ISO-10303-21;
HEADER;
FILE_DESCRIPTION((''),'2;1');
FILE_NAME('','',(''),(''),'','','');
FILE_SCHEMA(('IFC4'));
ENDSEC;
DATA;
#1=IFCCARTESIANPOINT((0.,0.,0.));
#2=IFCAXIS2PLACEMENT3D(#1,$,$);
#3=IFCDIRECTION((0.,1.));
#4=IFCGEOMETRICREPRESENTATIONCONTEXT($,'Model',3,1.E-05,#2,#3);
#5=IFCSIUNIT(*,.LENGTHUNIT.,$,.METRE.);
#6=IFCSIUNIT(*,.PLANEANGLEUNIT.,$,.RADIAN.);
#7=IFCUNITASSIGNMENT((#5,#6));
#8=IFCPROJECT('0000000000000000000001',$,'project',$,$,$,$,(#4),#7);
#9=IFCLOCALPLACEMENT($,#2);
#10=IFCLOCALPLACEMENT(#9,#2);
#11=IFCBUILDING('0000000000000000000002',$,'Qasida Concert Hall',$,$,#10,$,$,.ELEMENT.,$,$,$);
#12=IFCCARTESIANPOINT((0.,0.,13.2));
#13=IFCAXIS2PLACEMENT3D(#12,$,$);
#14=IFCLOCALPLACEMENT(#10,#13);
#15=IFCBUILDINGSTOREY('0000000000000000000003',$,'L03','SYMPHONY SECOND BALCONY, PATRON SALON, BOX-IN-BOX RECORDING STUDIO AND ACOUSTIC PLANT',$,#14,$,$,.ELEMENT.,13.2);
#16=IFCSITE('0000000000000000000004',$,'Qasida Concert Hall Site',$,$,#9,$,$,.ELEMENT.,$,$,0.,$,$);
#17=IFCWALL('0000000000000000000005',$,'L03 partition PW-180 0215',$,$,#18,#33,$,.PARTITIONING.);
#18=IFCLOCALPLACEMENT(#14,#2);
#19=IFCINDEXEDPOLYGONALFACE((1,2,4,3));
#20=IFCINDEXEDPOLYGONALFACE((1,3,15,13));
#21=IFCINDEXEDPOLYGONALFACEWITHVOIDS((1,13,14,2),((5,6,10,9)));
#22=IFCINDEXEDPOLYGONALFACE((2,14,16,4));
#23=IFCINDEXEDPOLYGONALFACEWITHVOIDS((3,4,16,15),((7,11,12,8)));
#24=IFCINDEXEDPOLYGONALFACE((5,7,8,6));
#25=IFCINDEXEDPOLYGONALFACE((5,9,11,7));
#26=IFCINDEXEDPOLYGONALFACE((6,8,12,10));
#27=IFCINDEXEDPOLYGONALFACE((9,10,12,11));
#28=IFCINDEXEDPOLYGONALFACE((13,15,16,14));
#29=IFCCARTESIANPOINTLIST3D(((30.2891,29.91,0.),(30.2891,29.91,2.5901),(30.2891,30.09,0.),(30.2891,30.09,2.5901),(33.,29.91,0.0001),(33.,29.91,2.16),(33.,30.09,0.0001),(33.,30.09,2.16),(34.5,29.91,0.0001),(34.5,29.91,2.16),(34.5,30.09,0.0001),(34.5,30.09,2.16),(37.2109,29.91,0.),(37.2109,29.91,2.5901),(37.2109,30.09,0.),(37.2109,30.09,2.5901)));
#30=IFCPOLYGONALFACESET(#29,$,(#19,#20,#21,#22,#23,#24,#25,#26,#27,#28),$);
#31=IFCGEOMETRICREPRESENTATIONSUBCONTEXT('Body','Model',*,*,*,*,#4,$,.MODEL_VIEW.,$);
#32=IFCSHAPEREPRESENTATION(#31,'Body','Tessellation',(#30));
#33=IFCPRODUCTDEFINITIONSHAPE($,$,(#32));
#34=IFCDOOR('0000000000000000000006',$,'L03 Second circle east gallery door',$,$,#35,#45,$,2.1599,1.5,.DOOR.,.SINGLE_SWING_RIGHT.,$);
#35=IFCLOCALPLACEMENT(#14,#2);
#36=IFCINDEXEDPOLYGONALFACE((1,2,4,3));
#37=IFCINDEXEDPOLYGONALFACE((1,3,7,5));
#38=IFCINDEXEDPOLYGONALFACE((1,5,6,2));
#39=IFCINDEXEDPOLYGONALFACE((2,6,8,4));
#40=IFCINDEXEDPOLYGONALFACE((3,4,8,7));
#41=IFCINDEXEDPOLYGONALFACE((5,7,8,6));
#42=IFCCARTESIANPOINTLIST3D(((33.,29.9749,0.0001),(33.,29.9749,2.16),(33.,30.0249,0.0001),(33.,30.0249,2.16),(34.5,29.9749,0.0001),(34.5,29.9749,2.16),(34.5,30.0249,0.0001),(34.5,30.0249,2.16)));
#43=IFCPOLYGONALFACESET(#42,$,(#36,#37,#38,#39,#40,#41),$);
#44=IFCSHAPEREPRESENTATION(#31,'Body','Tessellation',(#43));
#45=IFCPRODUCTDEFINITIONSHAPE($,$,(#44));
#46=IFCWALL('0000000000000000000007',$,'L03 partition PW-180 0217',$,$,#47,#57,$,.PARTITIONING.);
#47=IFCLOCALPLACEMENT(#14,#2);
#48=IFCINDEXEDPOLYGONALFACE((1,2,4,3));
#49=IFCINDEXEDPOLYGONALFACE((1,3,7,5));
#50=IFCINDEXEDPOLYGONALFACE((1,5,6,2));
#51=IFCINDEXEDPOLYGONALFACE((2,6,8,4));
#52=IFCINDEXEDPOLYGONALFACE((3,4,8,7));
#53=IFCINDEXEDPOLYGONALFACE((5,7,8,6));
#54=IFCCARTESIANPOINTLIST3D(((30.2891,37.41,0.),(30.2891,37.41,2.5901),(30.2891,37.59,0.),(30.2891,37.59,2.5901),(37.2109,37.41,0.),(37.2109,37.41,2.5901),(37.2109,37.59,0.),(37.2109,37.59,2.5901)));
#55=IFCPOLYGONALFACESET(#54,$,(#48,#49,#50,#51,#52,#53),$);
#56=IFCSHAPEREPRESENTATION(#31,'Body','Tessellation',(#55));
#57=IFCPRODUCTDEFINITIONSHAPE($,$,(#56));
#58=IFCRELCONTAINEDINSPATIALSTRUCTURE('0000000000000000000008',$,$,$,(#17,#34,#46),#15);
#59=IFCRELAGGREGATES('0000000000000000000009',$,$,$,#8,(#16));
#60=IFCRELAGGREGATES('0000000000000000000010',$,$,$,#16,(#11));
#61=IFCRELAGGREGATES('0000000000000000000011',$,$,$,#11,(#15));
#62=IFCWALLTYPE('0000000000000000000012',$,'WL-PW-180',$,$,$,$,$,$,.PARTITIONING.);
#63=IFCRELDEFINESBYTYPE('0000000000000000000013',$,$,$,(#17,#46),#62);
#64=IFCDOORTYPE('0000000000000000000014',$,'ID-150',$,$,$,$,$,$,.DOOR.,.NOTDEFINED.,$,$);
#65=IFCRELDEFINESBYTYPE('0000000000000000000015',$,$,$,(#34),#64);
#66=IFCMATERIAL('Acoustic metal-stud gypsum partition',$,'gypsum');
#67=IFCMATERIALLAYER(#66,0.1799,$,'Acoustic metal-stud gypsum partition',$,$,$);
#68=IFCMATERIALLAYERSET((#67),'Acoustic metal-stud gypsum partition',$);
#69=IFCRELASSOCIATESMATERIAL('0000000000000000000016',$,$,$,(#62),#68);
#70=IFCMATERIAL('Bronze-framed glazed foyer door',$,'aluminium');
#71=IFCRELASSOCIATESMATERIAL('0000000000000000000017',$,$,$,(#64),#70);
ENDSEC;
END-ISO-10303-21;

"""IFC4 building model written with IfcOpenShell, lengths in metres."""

from ifc_helpers import new_model, si_unit, direction, frame, frame_2d, origin, place, context, subcontext, project, spatial, rectangle, extrude, material, layer, layer_set, type_object, element, fill, save


model = new_model("IFC4")

# Units and contexts
model_context = context("Model", 3, precision=1e-05, world=origin(), true_north=direction((0.0, 1.0)))
body_context = subcontext(model_context, "Body", "Model", "MODEL_VIEW")
ifc_project = project(units=[si_unit("LENGTHUNIT", "METRE"), si_unit("PLANEANGLEUNIT", "RADIAN")], contexts=[model_context])

# Site, building, storey
site_placement = place(None, origin())
site = spatial("IfcSite", under=ifc_project, at=site_placement, Name="Qasida Concert Hall Site", CompositionType="ELEMENT", RefElevation=0.0)
building_placement = place(site_placement, origin())
building = spatial("IfcBuilding", under=site, at=building_placement, Name="Qasida Concert Hall", CompositionType="ELEMENT")
storey_placement = place(building_placement, frame((0.0, 0.0, 13.2)))
storey = spatial("IfcBuildingStorey", under=building, at=storey_placement, Name="L03", Description="SYMPHONY SECOND BALCONY, PATRON SALON, BOX-IN-BOX RECORDING STUDIO AND ACOUSTIC PLANT", CompositionType="ELEMENT", Elevation=13.2)

# Wall, opening, door
ifc_material_1 = material(Name="Acoustic metal-stud gypsum partition", Category="gypsum")
ifc_layer_1 = layer(ifc_material_1, 0.1799, Name="Acoustic metal-stud gypsum partition")
ifc_layer_set_1 = layer_set([ifc_layer_1], Name="Acoustic metal-stud gypsum partition")
wall_type = type_object("IfcWallType", Name="WL-PW-180", PredefinedType="PARTITIONING", material=ifc_layer_set_1)
wall_1_placement = place(storey_placement, frame((30.2891, 30.0, 0.0), z_axis=(0.0, 0.0, 1.0), x_axis=(1.0, 0.0, 0.0)))
wall_1 = element("IfcWall", 1, at=wall_1_placement, inside=storey, type_object=wall_type, Name="L03 partition PW-180 0215", PredefinedType="PARTITIONING", context=body_context, shape_type="SweptSolid", body=[
    extrude(rectangle(XDim=6.9219, YDim=0.1799, at=frame_2d((3.4609, 0.0))), origin(), (0.0, 0.0, 1.0), 2.5901),
])
opening_placement = place(wall_1_placement, frame((2.7109, 0.0, 0.0)))
opening = element("IfcOpeningElement", 2, at=opening_placement, cuts=wall_1, PredefinedType="OPENING", context=body_context, shape_type="SweptSolid", body=[
    extrude(rectangle(XDim=1.5, YDim=2.1599, at=frame_2d((0.75, 1.0801))), frame((0.0, 0.0999, 0.0), z_axis=(0.0, -1.0, 0.0), x_axis=(1.0, 0.0, 0.0)), (0.0, 0.0, 1.0), 0.2),
])
ifc_material_2 = material(Name="Bronze-framed glazed foyer door", Category="aluminium")
door_type = type_object("IfcDoorType", Name="ID-150", OperationType="NOTDEFINED", PredefinedType="DOOR", material=ifc_material_2)
door_placement = place(opening_placement, origin())
door = element("IfcDoor", 3, at=door_placement, inside=storey, type_object=door_type, Name="L03 Second circle east gallery door", OperationType="SINGLE_SWING_RIGHT", OverallHeight=2.1599, OverallWidth=1.5, PredefinedType="DOOR", context=body_context, shape_type="SweptSolid", body=[
    extrude(rectangle(XDim=1.5, YDim=2.1599, at=frame_2d((0.75, 1.0801))), frame((0.0, 0.0249, 0.0), z_axis=(0.0, -1.0, 0.0), x_axis=(1.0, 0.0, 0.0)), (0.0, 0.0, 1.0), 0.05),
])
fill(opening, door)

# Wall
wall_2_placement = place(storey_placement, frame((30.2891, 37.5, 0.0), z_axis=(0.0, 0.0, 1.0), x_axis=(1.0, 0.0, 0.0)))
element("IfcWall", 4, at=wall_2_placement, inside=storey, type_object=wall_type, Name="L03 partition PW-180 0217", PredefinedType="PARTITIONING", context=body_context, shape_type="SweptSolid", body=[
    extrude(rectangle(XDim=6.9219, YDim=0.1799, at=frame_2d((3.4609, 0.0))), origin(), (0.0, 0.0, 1.0), 2.5901),
])

save(model, "model.ifc")
